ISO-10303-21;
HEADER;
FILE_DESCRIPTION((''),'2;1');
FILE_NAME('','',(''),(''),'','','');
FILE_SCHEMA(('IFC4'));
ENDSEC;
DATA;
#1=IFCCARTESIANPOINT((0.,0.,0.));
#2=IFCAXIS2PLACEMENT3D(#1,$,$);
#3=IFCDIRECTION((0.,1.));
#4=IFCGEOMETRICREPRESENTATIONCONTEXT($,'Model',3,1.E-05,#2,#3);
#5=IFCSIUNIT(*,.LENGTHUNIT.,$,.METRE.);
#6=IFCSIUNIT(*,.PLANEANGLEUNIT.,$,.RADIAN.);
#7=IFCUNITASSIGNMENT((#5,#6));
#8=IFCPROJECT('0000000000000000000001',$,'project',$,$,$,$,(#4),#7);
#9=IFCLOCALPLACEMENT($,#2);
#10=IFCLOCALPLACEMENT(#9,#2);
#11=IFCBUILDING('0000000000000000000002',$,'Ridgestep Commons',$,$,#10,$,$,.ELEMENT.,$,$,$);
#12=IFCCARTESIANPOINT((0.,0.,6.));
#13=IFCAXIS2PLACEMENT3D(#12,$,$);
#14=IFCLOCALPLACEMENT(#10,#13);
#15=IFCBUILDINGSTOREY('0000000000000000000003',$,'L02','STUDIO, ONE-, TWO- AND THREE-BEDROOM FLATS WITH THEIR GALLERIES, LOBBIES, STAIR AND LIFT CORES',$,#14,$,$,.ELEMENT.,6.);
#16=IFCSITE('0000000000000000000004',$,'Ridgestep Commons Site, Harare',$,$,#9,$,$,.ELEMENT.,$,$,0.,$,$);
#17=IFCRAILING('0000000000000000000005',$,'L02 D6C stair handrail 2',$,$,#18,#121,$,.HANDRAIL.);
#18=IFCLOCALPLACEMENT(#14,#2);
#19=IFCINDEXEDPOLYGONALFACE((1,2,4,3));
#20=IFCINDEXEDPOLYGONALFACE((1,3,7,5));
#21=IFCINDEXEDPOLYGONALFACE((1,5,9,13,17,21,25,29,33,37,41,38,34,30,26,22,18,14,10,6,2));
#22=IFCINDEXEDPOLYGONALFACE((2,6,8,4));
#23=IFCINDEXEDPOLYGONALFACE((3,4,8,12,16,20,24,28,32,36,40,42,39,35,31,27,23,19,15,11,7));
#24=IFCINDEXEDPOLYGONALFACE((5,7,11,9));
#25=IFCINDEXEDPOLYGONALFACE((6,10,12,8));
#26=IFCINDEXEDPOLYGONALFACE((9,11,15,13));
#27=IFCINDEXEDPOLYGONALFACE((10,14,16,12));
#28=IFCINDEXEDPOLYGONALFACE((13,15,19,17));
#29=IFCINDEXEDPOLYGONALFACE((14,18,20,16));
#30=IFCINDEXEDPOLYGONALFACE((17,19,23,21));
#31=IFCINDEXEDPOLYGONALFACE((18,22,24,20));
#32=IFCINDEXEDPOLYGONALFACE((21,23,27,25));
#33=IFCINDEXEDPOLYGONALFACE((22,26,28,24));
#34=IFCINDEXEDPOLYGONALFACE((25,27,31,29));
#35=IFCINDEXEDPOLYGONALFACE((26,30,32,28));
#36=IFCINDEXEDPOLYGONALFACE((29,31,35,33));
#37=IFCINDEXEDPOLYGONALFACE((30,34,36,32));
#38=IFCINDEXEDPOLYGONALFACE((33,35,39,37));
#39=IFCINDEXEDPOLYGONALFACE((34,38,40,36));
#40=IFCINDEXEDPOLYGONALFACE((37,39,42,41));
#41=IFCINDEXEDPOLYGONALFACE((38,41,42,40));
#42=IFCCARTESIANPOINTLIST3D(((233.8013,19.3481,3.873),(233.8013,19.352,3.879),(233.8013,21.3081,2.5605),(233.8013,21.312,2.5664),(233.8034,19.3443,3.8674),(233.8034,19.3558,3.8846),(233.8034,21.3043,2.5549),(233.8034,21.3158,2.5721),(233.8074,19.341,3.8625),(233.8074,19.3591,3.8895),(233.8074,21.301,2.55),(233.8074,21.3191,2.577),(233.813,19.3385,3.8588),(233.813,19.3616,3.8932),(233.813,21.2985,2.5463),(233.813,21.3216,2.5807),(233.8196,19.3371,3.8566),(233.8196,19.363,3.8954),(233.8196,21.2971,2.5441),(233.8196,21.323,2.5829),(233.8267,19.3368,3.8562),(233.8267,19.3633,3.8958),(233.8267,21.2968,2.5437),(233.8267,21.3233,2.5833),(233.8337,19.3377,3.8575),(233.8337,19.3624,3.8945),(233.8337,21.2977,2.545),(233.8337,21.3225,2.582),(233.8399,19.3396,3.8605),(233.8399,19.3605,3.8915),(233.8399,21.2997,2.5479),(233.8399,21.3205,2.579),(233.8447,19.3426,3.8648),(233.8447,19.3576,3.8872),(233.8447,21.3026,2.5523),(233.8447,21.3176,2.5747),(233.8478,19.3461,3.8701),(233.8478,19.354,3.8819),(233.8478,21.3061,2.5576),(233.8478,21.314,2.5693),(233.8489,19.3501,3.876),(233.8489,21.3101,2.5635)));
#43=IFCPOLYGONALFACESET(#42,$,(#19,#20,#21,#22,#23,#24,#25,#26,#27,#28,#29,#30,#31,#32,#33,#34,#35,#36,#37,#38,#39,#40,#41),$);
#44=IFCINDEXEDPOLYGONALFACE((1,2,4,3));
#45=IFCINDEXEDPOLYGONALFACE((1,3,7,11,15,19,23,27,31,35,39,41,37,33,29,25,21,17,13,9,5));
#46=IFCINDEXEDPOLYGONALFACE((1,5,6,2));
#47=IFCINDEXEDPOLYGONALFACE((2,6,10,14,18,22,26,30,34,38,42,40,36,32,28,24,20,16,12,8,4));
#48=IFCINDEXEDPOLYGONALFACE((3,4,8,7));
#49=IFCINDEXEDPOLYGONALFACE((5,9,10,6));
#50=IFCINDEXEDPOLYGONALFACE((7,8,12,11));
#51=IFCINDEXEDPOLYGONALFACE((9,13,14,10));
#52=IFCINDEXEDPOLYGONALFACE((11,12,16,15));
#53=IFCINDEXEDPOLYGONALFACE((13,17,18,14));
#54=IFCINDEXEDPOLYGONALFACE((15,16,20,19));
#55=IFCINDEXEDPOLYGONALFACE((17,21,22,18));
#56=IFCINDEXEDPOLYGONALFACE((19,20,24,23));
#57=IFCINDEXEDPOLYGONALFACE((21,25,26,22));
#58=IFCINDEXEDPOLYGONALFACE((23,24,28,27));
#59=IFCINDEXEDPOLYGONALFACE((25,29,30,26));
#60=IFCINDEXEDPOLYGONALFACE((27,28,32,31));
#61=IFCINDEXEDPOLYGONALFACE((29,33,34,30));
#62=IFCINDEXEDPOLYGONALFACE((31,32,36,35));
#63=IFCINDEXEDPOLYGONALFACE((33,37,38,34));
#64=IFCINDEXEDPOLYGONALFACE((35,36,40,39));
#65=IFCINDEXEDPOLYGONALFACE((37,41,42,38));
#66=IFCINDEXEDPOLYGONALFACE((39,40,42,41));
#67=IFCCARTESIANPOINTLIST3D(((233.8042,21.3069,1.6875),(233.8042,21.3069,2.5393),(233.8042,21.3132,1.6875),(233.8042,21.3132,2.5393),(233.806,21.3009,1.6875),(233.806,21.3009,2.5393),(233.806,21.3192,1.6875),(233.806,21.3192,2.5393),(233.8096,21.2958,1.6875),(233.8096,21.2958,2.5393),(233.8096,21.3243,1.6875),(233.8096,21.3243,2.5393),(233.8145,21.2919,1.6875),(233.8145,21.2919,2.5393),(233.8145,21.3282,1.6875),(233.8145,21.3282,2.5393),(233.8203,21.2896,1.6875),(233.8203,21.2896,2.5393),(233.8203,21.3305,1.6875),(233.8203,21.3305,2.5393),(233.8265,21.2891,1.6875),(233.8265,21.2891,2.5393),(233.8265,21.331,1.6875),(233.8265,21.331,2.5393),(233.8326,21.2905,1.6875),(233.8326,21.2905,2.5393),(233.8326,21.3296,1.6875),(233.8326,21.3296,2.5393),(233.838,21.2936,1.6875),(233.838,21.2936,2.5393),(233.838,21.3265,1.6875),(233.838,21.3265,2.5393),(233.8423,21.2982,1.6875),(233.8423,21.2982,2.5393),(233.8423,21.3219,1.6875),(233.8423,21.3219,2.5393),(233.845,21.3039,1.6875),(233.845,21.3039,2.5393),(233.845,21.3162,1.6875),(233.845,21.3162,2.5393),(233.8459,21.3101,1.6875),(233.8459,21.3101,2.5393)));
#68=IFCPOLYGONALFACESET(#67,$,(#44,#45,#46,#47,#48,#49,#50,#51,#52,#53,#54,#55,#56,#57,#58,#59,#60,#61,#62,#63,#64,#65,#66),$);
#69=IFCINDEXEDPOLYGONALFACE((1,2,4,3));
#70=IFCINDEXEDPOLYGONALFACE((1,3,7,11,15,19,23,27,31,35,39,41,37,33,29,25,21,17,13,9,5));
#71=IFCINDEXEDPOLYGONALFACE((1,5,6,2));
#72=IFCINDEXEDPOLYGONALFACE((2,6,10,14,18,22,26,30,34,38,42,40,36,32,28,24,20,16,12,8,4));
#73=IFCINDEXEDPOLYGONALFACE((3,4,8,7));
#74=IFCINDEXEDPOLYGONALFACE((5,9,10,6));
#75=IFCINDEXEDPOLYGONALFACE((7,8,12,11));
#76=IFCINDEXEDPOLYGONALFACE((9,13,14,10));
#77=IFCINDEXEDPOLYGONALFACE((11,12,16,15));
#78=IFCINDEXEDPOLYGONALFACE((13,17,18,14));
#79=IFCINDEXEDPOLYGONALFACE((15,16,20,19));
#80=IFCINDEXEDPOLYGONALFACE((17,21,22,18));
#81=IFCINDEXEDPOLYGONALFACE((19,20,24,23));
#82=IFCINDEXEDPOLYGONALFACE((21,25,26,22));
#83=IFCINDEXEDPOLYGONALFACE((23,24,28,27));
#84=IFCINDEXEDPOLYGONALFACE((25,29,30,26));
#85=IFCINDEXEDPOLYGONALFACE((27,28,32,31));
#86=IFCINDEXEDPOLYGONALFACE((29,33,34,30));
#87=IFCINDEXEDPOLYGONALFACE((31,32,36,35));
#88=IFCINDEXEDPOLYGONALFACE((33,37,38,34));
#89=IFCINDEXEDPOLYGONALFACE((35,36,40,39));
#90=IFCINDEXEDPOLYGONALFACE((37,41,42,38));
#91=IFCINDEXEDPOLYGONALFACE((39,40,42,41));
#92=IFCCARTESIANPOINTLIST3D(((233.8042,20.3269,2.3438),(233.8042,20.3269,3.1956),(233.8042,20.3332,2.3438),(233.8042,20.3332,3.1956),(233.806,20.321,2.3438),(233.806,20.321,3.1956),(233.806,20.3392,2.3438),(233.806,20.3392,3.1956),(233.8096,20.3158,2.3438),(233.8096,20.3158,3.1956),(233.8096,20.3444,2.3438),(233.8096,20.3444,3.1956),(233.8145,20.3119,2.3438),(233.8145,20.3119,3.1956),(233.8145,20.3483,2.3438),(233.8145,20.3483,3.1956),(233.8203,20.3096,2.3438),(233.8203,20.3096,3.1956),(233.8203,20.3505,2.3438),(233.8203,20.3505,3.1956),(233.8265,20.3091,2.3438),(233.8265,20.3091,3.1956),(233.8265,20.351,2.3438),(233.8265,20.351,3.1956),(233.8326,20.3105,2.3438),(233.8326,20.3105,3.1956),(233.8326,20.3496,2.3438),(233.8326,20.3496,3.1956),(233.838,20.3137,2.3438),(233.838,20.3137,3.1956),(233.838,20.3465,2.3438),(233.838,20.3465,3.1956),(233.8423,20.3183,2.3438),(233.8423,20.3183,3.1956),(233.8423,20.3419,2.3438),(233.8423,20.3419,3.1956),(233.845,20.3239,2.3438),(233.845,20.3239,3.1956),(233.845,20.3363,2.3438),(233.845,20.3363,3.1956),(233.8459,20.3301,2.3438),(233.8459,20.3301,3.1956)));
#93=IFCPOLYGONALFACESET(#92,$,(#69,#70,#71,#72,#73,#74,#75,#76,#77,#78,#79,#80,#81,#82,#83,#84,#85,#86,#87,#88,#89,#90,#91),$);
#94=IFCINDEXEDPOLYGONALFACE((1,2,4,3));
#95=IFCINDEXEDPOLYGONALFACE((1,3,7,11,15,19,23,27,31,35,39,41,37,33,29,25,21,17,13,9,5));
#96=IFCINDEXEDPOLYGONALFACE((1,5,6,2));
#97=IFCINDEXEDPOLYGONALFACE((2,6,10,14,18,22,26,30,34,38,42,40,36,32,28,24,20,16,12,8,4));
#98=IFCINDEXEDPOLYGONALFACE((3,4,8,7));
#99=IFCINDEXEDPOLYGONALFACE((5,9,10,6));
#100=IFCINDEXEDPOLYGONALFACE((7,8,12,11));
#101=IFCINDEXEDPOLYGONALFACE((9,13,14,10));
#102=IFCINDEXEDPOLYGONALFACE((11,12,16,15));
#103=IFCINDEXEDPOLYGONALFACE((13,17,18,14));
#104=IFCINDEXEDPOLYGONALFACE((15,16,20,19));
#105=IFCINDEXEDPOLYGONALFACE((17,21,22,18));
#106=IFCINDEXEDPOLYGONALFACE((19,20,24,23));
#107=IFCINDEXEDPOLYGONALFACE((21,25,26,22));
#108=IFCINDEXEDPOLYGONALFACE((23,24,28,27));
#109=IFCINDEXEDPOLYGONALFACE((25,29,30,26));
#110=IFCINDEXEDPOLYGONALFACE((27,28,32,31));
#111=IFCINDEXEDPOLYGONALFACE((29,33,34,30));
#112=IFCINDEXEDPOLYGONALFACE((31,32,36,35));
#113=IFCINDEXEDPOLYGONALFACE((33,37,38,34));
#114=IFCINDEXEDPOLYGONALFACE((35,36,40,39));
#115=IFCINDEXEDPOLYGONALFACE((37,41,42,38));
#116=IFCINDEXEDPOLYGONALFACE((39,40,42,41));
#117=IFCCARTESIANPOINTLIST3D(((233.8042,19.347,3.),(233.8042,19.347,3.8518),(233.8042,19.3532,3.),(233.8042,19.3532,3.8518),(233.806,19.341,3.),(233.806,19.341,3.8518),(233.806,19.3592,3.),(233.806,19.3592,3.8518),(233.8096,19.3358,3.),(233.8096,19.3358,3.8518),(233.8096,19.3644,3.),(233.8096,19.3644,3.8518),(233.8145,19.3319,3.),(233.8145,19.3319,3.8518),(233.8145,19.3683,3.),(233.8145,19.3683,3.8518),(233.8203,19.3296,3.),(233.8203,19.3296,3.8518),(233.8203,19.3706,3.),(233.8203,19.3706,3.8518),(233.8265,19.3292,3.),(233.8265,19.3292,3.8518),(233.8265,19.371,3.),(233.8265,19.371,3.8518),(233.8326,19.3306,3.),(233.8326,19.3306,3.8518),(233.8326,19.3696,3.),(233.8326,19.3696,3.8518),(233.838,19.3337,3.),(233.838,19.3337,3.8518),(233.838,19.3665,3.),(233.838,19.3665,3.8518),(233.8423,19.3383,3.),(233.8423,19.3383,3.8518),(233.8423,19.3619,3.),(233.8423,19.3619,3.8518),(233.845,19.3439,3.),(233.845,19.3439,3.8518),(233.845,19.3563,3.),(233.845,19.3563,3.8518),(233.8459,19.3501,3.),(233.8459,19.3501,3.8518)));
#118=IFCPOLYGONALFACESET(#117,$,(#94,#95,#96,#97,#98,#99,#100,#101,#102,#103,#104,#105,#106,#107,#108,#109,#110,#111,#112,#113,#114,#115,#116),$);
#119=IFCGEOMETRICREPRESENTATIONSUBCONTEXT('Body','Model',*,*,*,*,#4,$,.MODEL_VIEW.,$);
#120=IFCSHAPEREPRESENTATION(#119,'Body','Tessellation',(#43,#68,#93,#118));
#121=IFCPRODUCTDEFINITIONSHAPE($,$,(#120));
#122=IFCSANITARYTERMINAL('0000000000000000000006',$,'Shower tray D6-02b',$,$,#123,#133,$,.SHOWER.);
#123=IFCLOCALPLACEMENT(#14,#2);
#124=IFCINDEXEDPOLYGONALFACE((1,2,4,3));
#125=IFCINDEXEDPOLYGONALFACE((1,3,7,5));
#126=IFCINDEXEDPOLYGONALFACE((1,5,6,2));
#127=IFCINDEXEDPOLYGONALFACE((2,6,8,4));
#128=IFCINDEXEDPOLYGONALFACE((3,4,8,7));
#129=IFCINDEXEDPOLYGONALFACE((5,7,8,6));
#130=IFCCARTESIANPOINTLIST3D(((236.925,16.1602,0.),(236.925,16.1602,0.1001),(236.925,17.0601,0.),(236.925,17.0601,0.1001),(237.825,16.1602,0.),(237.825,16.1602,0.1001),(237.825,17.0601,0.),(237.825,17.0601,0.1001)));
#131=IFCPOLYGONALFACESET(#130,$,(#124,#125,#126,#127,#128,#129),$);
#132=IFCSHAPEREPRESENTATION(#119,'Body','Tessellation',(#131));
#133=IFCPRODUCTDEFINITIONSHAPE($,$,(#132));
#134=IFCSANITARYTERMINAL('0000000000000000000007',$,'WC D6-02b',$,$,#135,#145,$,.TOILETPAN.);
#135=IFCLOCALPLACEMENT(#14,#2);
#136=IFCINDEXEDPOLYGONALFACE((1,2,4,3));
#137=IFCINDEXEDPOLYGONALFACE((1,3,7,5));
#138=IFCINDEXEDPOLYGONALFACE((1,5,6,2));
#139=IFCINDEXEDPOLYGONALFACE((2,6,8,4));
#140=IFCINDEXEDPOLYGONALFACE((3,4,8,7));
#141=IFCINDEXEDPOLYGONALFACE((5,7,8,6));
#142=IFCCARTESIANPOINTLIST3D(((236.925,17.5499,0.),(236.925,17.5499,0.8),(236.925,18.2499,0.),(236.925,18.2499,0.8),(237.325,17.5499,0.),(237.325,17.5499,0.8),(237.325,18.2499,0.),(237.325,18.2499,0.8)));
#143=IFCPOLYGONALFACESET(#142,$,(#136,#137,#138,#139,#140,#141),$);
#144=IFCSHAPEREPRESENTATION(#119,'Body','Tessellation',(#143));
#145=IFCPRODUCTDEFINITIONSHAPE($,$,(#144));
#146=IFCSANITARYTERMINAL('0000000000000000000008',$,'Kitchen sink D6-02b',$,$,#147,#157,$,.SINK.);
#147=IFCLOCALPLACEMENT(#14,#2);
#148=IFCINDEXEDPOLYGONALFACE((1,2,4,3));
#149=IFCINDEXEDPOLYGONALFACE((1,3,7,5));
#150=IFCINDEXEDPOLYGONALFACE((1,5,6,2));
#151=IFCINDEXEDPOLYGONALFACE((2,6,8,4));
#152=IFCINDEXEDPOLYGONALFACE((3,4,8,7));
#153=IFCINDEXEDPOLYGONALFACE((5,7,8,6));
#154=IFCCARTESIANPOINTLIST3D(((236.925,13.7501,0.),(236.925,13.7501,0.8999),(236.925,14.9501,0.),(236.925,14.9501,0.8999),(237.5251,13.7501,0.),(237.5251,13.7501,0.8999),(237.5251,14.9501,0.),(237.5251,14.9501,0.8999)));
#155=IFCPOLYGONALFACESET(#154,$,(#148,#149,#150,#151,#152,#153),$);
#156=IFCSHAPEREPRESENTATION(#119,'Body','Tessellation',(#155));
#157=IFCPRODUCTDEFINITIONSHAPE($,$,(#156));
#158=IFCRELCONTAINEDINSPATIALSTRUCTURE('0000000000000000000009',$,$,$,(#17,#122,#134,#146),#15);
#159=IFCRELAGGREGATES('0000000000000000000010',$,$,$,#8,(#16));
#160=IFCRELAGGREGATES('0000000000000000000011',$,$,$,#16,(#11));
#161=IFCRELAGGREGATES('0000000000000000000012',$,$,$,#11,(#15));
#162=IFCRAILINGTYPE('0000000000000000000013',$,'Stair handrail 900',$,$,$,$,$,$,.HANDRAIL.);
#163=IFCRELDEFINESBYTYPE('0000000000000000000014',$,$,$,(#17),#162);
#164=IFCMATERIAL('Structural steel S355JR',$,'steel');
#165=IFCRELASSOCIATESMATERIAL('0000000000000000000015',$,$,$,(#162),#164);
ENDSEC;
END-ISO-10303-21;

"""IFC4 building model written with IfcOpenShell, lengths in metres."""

from ifc_helpers import new_model, si_unit, direction, frame, origin, origin_2d, place, context, subcontext, project, spatial, rectangle, circle, extrude, material, type_object, element, save


model = new_model("IFC4")

# Units and contexts
model_context = context("Model", 3, precision=1e-05, world=origin(), true_north=direction((0.0, 1.0)))
body_context = subcontext(model_context, "Body", "Model", "MODEL_VIEW")
ifc_project = project(units=[si_unit("LENGTHUNIT", "METRE"), si_unit("PLANEANGLEUNIT", "RADIAN")], contexts=[model_context])

# Site, building, storey
site_placement = place(None, origin())
site = spatial("IfcSite", under=ifc_project, at=site_placement, Name="Ridgestep Commons Site, Harare", CompositionType="ELEMENT", RefElevation=0.0)
building_placement = place(site_placement, origin())
building = spatial("IfcBuilding", under=site, at=building_placement, Name="Ridgestep Commons", CompositionType="ELEMENT")
storey_placement = place(building_placement, frame((0.0, 0.0, 6.0)))
storey = spatial("IfcBuildingStorey", under=building, at=storey_placement, Name="L02", Description="STUDIO, ONE-, TWO- AND THREE-BEDROOM FLATS WITH THEIR GALLERIES, LOBBIES, STAIR AND LIFT CORES", CompositionType="ELEMENT", Elevation=6.0)

# Railing
ifc_material_1 = material(Name="Structural steel S355JR", Category="steel")
railing_type_1 = type_object("IfcRailingType", Name="Stair handrail 900", PredefinedType="HANDRAIL", material=ifc_material_1)
railing_1_placement = place(storey_placement, frame((233.825, 21.3101, 1.6875)))
element("IfcRailing", 1, at=railing_1_placement, inside=storey, type_object=railing_type_1, Name="L02 D6C stair handrail 2", PredefinedType="HANDRAIL", context=body_context, shape_type="SweptSolid", body=[
    extrude(circle(Radius=0.0239, at=origin_2d()), frame((0.0, 0.0, 0.876), z_axis=(0.0, -0.830902, 0.556419), x_axis=(1.0, 0.0, 0.0)), (0.0, 0.0, 1.0), 2.3589),
    extrude(circle(Radius=0.021, at=origin_2d()), origin(), (0.0, 0.0, 1.0), 0.8518),
    extrude(circle(Radius=0.021, at=origin_2d()), frame((0.0, -0.98, 0.6562)), (0.0, 0.0, 1.0), 0.8518),
    extrude(circle(Radius=0.021, at=origin_2d()), frame((0.0, -1.96, 1.3125)), (0.0, 0.0, 1.0), 0.8518),
])

# Sanitary terminals
sanitary_terminal_1_placement = place(storey_placement, frame((237.375, 16.6101, 0.0), z_axis=(0.0, 0.0, 1.0), x_axis=(1.0, 0.0, 0.0)))
element("IfcSanitaryTerminal", 2, at=sanitary_terminal_1_placement, inside=storey, Name="Shower tray D6-02b", PredefinedType="SHOWER", context=body_context, shape_type="SweptSolid", body=[
    extrude(rectangle(XDim=0.8999, YDim=0.8999, at=origin_2d()), origin(), (0.0, 0.0, 1.0), 0.1001),
])
sanitary_terminal_2_placement = place(storey_placement, frame((237.125, 17.8999, 0.0), z_axis=(0.0, 0.0, 1.0), x_axis=(1.0, 0.0, 0.0)))
element("IfcSanitaryTerminal", 3, at=sanitary_terminal_2_placement, inside=storey, Name="WC D6-02b", PredefinedType="TOILETPAN", context=body_context, shape_type="SweptSolid", body=[
    extrude(rectangle(XDim=0.3999, YDim=0.7, at=origin_2d()), origin(), (0.0, 0.0, 1.0), 0.8),
])
sanitary_terminal_3_placement = place(storey_placement, frame((237.2251, 14.3501, 0.0), z_axis=(0.0, 0.0, 1.0), x_axis=(1.0, 0.0, 0.0)))
element("IfcSanitaryTerminal", 4, at=sanitary_terminal_3_placement, inside=storey, Name="Kitchen sink D6-02b", PredefinedType="SINK", context=body_context, shape_type="SweptSolid", body=[
    extrude(rectangle(XDim=0.6001, YDim=1.2, at=origin_2d()), origin(), (0.0, 0.0, 1.0), 0.8999),
])

save(model, "model.ifc")
